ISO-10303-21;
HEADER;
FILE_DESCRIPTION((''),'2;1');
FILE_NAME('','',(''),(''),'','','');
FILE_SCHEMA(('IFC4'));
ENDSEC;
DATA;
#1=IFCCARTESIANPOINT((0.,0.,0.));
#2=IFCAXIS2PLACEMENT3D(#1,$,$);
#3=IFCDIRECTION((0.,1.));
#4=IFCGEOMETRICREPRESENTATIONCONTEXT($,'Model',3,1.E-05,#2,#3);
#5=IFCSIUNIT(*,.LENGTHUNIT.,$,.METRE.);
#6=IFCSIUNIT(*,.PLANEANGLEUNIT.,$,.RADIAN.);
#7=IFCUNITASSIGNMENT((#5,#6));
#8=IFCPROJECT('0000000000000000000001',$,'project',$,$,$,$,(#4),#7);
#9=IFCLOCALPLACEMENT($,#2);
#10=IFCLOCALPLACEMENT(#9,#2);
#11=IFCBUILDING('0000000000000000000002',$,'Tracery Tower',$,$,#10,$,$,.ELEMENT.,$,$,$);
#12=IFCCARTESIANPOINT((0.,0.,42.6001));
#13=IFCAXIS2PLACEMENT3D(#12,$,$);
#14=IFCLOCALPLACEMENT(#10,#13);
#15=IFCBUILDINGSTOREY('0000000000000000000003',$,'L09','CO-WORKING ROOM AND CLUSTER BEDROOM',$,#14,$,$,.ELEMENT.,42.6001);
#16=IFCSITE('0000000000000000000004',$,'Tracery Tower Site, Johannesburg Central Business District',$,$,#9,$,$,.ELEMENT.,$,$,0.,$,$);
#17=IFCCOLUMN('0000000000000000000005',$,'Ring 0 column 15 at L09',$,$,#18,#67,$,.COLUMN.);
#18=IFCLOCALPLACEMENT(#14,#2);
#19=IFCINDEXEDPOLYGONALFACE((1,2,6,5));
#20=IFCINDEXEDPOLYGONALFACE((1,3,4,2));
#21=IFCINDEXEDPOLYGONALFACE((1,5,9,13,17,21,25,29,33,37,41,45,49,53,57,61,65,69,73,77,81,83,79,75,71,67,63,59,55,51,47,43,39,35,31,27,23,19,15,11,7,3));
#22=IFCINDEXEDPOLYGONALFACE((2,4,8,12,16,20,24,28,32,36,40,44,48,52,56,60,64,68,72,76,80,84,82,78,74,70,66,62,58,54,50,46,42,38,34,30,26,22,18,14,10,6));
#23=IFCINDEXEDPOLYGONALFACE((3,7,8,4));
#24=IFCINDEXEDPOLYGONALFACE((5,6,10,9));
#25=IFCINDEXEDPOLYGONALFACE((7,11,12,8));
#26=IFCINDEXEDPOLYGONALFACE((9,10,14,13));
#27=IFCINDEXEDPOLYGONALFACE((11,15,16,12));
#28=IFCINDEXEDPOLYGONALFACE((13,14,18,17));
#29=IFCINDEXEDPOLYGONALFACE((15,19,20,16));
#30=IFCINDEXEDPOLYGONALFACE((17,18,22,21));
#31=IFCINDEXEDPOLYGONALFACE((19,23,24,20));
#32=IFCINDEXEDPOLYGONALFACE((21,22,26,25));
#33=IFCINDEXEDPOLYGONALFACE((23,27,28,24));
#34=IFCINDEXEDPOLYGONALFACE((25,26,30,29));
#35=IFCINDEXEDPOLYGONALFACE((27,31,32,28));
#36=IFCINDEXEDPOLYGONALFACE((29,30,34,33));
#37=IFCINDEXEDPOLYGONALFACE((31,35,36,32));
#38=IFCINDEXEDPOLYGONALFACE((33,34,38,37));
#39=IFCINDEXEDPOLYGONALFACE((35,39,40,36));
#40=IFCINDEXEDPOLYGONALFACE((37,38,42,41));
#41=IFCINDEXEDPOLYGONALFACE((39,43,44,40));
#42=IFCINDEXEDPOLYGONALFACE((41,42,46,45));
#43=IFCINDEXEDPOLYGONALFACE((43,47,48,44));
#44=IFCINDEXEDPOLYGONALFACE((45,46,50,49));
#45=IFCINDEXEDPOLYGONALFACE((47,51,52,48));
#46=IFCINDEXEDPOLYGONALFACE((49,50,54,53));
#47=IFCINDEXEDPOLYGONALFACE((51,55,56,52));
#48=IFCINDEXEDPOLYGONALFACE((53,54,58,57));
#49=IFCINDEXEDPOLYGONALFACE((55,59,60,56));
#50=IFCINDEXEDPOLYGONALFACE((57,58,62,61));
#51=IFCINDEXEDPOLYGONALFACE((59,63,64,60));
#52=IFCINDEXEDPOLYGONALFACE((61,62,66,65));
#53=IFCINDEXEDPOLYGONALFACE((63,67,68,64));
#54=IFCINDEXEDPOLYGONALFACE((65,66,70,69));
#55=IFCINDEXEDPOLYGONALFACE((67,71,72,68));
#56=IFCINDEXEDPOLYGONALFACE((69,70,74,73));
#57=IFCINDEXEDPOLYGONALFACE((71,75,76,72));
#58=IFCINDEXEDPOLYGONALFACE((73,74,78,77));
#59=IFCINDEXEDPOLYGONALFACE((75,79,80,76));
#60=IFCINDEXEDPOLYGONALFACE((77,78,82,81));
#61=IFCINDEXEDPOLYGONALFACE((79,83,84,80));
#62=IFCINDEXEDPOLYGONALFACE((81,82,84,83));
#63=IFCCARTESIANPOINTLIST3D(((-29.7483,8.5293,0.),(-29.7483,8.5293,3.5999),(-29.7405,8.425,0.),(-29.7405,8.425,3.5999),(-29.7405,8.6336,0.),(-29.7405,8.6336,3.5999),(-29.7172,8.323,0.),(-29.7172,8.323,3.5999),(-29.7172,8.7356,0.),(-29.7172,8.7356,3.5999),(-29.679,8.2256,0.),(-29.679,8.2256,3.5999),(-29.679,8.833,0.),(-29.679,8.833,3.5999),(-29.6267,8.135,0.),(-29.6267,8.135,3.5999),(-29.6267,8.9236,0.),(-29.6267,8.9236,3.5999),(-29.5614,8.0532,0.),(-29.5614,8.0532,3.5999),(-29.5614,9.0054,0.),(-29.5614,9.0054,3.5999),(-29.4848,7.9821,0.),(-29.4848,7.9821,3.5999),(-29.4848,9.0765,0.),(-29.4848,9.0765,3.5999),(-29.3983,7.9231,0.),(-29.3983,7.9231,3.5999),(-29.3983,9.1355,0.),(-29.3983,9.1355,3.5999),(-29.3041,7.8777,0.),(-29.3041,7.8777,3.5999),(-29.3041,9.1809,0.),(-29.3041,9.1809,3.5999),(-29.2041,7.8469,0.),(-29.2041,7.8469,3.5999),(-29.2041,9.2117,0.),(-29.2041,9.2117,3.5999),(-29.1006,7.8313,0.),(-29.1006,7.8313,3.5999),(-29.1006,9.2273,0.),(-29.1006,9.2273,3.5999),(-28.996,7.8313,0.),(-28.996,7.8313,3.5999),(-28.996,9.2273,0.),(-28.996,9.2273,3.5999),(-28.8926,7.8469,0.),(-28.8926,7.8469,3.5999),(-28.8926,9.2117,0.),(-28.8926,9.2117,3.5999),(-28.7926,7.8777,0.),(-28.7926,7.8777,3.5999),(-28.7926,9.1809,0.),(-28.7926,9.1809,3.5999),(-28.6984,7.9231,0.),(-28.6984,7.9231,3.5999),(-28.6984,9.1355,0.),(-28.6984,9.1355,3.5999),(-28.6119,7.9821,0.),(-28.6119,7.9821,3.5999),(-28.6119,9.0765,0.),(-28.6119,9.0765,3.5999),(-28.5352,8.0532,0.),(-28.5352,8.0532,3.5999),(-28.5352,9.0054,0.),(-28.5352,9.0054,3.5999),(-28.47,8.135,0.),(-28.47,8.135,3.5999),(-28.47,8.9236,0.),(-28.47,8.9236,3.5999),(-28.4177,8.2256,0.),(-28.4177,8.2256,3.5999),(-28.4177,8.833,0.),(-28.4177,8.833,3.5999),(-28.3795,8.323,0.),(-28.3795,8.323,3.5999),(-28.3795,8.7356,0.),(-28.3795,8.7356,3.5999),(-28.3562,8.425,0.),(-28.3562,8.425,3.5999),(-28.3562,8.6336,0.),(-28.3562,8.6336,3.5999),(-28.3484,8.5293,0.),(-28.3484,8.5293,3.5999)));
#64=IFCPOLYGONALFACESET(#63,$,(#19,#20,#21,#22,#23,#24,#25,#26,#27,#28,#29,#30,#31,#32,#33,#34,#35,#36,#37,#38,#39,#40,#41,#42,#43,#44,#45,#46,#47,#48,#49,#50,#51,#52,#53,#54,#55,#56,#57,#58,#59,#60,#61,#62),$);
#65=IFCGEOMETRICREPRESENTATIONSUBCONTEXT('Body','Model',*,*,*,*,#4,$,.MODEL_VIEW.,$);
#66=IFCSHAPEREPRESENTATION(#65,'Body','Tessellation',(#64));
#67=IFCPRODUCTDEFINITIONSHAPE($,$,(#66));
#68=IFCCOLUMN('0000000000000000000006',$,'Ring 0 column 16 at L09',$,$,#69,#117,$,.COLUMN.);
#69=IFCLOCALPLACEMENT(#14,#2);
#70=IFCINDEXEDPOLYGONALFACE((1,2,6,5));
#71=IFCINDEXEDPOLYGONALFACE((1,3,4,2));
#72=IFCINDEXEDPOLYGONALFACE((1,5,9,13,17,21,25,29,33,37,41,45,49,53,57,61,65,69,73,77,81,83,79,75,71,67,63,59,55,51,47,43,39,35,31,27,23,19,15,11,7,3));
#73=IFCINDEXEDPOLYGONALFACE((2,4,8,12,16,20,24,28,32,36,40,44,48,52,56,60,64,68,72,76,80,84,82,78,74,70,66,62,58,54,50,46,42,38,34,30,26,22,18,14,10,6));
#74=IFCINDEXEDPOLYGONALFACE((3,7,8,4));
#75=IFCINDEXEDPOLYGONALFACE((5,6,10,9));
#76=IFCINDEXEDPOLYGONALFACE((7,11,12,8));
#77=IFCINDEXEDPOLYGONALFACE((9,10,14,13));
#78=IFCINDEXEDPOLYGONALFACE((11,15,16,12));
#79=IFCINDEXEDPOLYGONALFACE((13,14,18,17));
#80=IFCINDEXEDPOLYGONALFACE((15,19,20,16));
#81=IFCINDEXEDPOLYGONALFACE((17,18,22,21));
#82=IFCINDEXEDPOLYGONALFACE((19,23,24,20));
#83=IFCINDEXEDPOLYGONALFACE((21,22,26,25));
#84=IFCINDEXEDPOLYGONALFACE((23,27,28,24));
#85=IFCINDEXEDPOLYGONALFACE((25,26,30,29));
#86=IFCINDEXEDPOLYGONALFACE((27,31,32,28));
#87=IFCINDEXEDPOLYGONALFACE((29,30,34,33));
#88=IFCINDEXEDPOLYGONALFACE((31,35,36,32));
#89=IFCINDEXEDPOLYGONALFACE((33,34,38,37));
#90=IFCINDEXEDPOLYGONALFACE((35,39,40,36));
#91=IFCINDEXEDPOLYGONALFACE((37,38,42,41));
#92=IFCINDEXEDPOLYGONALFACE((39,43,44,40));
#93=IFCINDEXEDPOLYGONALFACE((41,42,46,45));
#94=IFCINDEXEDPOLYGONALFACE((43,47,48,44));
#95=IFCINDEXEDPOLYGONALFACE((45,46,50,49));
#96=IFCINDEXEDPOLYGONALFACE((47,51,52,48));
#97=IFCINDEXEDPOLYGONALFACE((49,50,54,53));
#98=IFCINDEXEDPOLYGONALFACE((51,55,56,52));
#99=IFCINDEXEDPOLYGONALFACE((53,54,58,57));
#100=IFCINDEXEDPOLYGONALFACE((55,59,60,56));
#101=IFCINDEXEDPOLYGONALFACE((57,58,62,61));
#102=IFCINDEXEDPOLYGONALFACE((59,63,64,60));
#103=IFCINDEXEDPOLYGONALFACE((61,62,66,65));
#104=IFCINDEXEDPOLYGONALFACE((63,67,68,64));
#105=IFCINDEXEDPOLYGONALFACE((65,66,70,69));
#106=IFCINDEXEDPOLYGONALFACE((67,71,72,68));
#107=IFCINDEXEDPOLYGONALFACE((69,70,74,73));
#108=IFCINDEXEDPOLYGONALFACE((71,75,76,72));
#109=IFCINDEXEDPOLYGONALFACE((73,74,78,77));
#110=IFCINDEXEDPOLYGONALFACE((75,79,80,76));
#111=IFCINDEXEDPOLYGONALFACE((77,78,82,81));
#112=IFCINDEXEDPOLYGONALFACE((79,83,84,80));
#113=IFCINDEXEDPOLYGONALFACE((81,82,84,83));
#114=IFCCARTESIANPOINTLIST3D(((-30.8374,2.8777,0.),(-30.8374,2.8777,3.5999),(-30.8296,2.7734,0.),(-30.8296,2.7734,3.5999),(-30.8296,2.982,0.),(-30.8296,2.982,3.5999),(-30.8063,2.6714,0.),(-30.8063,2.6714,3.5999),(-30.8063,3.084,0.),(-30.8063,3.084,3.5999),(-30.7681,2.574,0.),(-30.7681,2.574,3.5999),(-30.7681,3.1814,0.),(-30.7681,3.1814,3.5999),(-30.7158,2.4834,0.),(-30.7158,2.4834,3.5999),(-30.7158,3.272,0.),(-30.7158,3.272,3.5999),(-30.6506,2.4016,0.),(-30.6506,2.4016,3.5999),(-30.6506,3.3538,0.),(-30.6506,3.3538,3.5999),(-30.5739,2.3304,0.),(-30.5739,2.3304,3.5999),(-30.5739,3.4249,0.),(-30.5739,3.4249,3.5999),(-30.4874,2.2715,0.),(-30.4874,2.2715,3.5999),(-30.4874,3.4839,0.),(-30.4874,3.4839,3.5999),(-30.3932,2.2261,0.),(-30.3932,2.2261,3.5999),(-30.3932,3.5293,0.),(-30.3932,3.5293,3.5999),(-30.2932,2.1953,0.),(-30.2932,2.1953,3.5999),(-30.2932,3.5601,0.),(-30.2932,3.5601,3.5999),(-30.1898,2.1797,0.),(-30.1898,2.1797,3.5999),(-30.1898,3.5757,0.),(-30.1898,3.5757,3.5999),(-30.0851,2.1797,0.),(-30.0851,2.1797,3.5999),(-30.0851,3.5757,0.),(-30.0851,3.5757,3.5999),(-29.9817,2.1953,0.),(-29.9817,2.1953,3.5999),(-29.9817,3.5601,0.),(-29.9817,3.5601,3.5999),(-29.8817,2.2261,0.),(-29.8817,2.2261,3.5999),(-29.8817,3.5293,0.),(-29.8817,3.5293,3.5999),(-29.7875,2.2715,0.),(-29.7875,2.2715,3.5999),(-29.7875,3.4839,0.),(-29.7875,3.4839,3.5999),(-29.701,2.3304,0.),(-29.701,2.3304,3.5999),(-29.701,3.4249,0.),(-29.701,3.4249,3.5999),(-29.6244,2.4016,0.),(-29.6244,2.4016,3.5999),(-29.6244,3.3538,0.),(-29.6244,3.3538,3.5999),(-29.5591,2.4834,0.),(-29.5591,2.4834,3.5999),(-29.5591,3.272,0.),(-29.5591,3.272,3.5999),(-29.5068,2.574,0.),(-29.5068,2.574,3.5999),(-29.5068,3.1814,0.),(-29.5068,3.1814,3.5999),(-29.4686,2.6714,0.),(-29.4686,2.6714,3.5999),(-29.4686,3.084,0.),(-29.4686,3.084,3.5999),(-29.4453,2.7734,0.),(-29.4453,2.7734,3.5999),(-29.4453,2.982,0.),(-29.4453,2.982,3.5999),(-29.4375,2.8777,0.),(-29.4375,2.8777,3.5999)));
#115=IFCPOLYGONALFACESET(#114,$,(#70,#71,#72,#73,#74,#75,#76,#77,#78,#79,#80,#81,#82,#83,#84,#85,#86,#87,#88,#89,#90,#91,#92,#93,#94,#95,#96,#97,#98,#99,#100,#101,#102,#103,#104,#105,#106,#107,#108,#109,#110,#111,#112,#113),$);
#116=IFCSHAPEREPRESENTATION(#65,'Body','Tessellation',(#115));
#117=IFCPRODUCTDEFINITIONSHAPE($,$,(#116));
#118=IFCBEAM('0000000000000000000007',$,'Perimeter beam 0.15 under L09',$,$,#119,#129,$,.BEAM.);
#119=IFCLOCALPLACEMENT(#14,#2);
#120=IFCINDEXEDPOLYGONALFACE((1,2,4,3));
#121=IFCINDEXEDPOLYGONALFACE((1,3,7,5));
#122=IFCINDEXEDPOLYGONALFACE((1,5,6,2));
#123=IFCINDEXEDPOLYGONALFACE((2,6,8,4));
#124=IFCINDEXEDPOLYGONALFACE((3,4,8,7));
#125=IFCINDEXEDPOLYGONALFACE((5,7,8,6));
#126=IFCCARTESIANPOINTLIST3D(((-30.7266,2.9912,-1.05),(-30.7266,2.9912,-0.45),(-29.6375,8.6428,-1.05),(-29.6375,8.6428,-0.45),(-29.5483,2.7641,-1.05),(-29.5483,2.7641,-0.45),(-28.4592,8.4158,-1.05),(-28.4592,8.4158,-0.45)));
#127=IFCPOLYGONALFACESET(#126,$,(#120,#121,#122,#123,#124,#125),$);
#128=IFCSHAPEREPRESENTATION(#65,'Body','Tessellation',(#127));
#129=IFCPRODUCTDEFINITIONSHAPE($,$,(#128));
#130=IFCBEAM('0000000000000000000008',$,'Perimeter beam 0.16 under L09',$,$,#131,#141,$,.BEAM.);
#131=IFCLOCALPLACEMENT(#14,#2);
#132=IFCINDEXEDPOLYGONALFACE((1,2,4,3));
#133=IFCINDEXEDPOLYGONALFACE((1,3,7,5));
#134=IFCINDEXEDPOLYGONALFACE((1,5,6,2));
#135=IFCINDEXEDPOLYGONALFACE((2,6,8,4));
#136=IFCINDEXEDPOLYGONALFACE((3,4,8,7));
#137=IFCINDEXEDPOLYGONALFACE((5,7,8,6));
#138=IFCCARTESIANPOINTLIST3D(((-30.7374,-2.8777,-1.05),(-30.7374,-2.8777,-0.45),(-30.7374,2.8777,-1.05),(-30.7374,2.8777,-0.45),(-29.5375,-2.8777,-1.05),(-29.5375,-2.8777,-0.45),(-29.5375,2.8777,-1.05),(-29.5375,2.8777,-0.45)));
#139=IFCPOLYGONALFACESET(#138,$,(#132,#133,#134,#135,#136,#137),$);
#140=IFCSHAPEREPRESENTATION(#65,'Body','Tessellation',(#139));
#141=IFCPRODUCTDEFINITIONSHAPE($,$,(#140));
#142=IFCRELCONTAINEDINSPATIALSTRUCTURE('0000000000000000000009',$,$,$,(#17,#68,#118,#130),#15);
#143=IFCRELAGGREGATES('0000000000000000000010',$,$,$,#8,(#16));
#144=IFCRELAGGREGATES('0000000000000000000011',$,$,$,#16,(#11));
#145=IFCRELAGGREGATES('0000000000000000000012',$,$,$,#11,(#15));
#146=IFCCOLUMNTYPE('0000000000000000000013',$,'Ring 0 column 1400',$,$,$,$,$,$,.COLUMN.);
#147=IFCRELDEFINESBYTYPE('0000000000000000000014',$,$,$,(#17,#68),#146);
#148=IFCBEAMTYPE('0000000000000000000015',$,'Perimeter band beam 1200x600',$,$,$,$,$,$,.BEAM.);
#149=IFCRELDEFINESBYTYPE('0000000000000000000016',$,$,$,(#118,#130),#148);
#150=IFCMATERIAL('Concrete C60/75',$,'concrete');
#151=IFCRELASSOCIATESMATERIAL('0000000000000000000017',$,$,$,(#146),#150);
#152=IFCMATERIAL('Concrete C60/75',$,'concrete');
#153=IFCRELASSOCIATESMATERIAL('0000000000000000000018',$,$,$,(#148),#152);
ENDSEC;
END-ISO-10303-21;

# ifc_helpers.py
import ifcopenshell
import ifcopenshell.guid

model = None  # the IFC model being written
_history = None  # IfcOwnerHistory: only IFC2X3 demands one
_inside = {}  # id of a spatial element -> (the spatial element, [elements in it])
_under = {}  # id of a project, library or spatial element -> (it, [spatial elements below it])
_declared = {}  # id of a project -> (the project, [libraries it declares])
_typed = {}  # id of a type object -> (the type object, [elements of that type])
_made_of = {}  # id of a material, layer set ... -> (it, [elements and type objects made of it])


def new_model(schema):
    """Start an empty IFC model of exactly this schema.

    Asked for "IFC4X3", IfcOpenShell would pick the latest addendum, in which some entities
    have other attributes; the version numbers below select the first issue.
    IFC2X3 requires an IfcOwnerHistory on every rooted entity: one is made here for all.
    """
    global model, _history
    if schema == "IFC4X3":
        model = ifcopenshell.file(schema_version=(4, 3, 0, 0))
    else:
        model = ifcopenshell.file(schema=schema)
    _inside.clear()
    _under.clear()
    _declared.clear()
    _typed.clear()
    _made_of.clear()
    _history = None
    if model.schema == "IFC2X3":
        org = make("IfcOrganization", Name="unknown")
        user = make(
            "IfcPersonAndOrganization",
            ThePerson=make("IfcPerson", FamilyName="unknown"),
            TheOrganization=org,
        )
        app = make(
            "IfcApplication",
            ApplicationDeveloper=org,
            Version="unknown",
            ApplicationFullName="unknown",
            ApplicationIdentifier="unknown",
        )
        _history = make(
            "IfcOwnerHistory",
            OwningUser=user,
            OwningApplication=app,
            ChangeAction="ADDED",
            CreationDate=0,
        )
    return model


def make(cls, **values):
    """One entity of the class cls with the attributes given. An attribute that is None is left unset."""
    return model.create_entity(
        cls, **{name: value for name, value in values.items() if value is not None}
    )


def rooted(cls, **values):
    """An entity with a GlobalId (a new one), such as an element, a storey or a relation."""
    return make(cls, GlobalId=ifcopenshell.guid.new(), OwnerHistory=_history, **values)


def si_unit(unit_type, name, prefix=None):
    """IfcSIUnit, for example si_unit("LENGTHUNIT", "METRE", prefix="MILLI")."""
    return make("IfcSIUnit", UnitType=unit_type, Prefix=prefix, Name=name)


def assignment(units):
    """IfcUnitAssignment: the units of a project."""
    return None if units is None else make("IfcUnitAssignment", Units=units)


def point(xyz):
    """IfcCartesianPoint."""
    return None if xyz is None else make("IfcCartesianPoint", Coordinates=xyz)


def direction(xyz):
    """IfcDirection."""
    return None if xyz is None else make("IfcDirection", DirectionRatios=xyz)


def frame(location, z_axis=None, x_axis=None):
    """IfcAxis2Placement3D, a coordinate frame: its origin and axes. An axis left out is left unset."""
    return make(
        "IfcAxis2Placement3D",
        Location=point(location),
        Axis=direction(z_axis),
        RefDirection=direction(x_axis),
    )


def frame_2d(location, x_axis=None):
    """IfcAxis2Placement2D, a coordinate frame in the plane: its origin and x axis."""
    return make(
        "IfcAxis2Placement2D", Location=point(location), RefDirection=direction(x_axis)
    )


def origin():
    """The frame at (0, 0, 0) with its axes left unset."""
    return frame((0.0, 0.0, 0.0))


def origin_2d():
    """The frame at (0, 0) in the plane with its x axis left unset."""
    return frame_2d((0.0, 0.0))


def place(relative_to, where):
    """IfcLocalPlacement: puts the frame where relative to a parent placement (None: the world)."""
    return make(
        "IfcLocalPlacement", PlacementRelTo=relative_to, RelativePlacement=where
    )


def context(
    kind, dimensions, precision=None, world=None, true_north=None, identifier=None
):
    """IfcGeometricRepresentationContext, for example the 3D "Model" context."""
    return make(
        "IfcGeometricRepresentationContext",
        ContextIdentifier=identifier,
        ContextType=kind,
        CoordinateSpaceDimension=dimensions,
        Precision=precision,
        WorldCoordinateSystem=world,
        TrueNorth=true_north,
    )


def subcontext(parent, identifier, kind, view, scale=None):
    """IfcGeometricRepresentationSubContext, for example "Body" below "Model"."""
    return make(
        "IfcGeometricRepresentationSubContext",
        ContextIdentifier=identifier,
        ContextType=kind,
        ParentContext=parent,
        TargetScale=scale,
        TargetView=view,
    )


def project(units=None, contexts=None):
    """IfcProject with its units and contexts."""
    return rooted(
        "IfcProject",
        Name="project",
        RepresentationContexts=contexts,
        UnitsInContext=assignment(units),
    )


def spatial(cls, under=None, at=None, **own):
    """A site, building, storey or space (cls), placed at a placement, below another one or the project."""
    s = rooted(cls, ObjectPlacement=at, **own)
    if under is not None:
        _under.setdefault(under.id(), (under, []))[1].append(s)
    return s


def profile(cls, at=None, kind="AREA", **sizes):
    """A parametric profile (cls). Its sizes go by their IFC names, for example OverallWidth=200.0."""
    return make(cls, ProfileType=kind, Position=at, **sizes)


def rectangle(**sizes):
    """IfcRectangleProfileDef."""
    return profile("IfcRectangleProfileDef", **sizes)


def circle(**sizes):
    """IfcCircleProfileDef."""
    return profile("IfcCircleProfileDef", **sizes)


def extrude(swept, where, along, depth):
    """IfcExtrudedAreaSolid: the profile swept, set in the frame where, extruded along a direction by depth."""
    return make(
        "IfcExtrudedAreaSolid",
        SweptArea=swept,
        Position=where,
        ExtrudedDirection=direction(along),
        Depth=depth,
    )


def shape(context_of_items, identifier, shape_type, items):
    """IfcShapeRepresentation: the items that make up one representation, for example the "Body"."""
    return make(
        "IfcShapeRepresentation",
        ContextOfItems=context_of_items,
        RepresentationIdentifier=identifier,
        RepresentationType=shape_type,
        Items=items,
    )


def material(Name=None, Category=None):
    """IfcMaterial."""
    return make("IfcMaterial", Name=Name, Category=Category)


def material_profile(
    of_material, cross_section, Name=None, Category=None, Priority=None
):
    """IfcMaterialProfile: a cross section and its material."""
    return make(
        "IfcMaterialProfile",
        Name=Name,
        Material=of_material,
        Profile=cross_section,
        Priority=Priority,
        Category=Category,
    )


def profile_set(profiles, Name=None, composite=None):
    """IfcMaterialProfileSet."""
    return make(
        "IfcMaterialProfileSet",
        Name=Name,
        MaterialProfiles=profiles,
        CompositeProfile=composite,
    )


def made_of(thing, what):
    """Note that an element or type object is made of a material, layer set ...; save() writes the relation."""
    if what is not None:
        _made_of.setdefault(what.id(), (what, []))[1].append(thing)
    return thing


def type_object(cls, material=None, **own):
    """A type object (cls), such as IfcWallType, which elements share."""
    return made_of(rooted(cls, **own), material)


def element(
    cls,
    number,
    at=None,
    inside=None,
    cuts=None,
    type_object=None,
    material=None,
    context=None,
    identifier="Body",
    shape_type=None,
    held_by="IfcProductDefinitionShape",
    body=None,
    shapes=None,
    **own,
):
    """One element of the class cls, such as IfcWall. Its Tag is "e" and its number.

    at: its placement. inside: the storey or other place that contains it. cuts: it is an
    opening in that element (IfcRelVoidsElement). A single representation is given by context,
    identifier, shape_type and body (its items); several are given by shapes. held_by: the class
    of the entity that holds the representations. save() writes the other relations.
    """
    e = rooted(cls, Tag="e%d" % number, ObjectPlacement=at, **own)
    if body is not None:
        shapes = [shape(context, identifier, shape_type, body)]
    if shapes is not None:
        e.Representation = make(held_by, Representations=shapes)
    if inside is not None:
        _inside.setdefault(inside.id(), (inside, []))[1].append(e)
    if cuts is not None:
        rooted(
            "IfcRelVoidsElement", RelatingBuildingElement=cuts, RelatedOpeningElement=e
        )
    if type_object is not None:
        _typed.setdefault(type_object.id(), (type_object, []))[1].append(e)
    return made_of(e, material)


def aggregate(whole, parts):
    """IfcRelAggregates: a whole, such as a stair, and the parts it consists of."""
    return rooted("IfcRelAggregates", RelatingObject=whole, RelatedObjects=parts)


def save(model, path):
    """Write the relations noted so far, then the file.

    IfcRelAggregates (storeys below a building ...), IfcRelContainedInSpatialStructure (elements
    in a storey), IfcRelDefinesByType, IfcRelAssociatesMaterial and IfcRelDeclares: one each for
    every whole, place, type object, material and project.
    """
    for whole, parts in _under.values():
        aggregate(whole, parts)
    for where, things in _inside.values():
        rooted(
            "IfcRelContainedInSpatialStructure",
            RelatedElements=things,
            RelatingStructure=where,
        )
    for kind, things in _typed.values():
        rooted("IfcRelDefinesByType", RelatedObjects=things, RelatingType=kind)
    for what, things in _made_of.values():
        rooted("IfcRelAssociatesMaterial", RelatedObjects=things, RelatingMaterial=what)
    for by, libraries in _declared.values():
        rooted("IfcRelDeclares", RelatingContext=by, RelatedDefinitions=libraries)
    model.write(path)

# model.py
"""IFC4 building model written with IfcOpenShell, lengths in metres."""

from ifc_helpers import new_model, si_unit, direction, frame, origin, origin_2d, place, context, subcontext, project, spatial, rectangle, circle, extrude, material, material_profile, profile_set, type_object, element, save


model = new_model("IFC4")

# Units and contexts
model_context = context("Model", 3, precision=1e-05, world=origin(), true_north=direction((0.0, 1.0)))
body_context = subcontext(model_context, "Body", "Model", "MODEL_VIEW")
ifc_project = project(units=[si_unit("LENGTHUNIT", "METRE"), si_unit("PLANEANGLEUNIT", "RADIAN")], contexts=[model_context])

# Site, building, storey
site_placement = place(None, origin())
site = spatial("IfcSite", under=ifc_project, at=site_placement, Name="Tracery Tower Site, Johannesburg Central Business District", CompositionType="ELEMENT", RefElevation=0.0)
building_placement = place(site_placement, origin())
building = spatial("IfcBuilding", under=site, at=building_placement, Name="Tracery Tower", CompositionType="ELEMENT")
storey_placement = place(building_placement, frame((0.0, 0.0, 42.6001)))
storey = spatial("IfcBuildingStorey", under=building, at=storey_placement, Name="L09", Description="CO-WORKING ROOM AND CLUSTER BEDROOM", CompositionType="ELEMENT", Elevation=42.6001)

# Columns
ifc_material_1 = material(Name="Concrete C60/75", Category="concrete")
ifc_material_profile_1 = material_profile(ifc_material_1, circle(Radius=0.7, at=origin_2d()), Name="RC D1400")
ifc_profile_set_1 = profile_set([ifc_material_profile_1], Name="Concrete C60/75")
column_type = type_object("IfcColumnType", Name="Ring 0 column 1400", PredefinedType="COLUMN", material=ifc_profile_set_1)
for number, where, z_axis, x_axis, name in (
    (1, (-29.0483, 8.5293, 0.0), (0.0, 0.0, 1.0), (1.0, 0.0, 0.0), "Ring 0 column 15 at L09"),
    (2, (-30.1375, 2.8777, 0.0), (0.0, 0.0, 1.0), (1.0, 0.0, 0.0), "Ring 0 column 16 at L09"),
):
    element("IfcColumn", number, at=place(storey_placement, frame(where, z_axis=z_axis, x_axis=x_axis)), inside=storey, type_object=column_type, Name=name, PredefinedType="COLUMN", context=body_context, shape_type="SweptSolid", body=[
        extrude(circle(Radius=0.7, at=origin_2d()), origin(), (0.0, 0.0, 1.0), 3.5999),
    ])

# Beams
ifc_material_2 = material(Name="Concrete C60/75", Category="concrete")
ifc_material_profile_2 = material_profile(ifc_material_2, rectangle(XDim=1.2, YDim=0.6001, at=origin_2d()), Name="RC 1200x600")
ifc_profile_set_2 = profile_set([ifc_material_profile_2], Name="Concrete C60/75")
beam_type = type_object("IfcBeamType", Name="Perimeter band beam 1200x600", PredefinedType="BEAM", material=ifc_profile_set_2)
beam_1_placement = place(storey_placement, frame((-29.0483, 8.5293, -0.75), z_axis=(-0.189227, -0.981933, 0.0), x_axis=(0.981933, -0.189227, 0.0)))
element("IfcBeam", 3, at=beam_1_placement, inside=storey, type_object=beam_type, Name="Perimeter beam 0.15 under L09", PredefinedType="BEAM", context=body_context, shape_type="SweptSolid", body=[
    extrude(rectangle(XDim=1.2, YDim=0.6001, at=origin_2d()), origin(), (0.0, 0.0, 1.0), 5.7556),
])
beam_2_placement = place(storey_placement, frame((-30.1375, 2.8777, -0.75), z_axis=(0.0, -1.0, 0.0), x_axis=(1.0, 0.0, 0.0)))
element("IfcBeam", 4, at=beam_2_placement, inside=storey, type_object=beam_type, Name="Perimeter beam 0.16 under L09", PredefinedType="BEAM", context=body_context, shape_type="SweptSolid", body=[
    extrude(rectangle(XDim=1.2, YDim=0.6001, at=origin_2d()), origin(), (0.0, 0.0, 1.0), 5.7554),
])

save(model, "model.ifc")
